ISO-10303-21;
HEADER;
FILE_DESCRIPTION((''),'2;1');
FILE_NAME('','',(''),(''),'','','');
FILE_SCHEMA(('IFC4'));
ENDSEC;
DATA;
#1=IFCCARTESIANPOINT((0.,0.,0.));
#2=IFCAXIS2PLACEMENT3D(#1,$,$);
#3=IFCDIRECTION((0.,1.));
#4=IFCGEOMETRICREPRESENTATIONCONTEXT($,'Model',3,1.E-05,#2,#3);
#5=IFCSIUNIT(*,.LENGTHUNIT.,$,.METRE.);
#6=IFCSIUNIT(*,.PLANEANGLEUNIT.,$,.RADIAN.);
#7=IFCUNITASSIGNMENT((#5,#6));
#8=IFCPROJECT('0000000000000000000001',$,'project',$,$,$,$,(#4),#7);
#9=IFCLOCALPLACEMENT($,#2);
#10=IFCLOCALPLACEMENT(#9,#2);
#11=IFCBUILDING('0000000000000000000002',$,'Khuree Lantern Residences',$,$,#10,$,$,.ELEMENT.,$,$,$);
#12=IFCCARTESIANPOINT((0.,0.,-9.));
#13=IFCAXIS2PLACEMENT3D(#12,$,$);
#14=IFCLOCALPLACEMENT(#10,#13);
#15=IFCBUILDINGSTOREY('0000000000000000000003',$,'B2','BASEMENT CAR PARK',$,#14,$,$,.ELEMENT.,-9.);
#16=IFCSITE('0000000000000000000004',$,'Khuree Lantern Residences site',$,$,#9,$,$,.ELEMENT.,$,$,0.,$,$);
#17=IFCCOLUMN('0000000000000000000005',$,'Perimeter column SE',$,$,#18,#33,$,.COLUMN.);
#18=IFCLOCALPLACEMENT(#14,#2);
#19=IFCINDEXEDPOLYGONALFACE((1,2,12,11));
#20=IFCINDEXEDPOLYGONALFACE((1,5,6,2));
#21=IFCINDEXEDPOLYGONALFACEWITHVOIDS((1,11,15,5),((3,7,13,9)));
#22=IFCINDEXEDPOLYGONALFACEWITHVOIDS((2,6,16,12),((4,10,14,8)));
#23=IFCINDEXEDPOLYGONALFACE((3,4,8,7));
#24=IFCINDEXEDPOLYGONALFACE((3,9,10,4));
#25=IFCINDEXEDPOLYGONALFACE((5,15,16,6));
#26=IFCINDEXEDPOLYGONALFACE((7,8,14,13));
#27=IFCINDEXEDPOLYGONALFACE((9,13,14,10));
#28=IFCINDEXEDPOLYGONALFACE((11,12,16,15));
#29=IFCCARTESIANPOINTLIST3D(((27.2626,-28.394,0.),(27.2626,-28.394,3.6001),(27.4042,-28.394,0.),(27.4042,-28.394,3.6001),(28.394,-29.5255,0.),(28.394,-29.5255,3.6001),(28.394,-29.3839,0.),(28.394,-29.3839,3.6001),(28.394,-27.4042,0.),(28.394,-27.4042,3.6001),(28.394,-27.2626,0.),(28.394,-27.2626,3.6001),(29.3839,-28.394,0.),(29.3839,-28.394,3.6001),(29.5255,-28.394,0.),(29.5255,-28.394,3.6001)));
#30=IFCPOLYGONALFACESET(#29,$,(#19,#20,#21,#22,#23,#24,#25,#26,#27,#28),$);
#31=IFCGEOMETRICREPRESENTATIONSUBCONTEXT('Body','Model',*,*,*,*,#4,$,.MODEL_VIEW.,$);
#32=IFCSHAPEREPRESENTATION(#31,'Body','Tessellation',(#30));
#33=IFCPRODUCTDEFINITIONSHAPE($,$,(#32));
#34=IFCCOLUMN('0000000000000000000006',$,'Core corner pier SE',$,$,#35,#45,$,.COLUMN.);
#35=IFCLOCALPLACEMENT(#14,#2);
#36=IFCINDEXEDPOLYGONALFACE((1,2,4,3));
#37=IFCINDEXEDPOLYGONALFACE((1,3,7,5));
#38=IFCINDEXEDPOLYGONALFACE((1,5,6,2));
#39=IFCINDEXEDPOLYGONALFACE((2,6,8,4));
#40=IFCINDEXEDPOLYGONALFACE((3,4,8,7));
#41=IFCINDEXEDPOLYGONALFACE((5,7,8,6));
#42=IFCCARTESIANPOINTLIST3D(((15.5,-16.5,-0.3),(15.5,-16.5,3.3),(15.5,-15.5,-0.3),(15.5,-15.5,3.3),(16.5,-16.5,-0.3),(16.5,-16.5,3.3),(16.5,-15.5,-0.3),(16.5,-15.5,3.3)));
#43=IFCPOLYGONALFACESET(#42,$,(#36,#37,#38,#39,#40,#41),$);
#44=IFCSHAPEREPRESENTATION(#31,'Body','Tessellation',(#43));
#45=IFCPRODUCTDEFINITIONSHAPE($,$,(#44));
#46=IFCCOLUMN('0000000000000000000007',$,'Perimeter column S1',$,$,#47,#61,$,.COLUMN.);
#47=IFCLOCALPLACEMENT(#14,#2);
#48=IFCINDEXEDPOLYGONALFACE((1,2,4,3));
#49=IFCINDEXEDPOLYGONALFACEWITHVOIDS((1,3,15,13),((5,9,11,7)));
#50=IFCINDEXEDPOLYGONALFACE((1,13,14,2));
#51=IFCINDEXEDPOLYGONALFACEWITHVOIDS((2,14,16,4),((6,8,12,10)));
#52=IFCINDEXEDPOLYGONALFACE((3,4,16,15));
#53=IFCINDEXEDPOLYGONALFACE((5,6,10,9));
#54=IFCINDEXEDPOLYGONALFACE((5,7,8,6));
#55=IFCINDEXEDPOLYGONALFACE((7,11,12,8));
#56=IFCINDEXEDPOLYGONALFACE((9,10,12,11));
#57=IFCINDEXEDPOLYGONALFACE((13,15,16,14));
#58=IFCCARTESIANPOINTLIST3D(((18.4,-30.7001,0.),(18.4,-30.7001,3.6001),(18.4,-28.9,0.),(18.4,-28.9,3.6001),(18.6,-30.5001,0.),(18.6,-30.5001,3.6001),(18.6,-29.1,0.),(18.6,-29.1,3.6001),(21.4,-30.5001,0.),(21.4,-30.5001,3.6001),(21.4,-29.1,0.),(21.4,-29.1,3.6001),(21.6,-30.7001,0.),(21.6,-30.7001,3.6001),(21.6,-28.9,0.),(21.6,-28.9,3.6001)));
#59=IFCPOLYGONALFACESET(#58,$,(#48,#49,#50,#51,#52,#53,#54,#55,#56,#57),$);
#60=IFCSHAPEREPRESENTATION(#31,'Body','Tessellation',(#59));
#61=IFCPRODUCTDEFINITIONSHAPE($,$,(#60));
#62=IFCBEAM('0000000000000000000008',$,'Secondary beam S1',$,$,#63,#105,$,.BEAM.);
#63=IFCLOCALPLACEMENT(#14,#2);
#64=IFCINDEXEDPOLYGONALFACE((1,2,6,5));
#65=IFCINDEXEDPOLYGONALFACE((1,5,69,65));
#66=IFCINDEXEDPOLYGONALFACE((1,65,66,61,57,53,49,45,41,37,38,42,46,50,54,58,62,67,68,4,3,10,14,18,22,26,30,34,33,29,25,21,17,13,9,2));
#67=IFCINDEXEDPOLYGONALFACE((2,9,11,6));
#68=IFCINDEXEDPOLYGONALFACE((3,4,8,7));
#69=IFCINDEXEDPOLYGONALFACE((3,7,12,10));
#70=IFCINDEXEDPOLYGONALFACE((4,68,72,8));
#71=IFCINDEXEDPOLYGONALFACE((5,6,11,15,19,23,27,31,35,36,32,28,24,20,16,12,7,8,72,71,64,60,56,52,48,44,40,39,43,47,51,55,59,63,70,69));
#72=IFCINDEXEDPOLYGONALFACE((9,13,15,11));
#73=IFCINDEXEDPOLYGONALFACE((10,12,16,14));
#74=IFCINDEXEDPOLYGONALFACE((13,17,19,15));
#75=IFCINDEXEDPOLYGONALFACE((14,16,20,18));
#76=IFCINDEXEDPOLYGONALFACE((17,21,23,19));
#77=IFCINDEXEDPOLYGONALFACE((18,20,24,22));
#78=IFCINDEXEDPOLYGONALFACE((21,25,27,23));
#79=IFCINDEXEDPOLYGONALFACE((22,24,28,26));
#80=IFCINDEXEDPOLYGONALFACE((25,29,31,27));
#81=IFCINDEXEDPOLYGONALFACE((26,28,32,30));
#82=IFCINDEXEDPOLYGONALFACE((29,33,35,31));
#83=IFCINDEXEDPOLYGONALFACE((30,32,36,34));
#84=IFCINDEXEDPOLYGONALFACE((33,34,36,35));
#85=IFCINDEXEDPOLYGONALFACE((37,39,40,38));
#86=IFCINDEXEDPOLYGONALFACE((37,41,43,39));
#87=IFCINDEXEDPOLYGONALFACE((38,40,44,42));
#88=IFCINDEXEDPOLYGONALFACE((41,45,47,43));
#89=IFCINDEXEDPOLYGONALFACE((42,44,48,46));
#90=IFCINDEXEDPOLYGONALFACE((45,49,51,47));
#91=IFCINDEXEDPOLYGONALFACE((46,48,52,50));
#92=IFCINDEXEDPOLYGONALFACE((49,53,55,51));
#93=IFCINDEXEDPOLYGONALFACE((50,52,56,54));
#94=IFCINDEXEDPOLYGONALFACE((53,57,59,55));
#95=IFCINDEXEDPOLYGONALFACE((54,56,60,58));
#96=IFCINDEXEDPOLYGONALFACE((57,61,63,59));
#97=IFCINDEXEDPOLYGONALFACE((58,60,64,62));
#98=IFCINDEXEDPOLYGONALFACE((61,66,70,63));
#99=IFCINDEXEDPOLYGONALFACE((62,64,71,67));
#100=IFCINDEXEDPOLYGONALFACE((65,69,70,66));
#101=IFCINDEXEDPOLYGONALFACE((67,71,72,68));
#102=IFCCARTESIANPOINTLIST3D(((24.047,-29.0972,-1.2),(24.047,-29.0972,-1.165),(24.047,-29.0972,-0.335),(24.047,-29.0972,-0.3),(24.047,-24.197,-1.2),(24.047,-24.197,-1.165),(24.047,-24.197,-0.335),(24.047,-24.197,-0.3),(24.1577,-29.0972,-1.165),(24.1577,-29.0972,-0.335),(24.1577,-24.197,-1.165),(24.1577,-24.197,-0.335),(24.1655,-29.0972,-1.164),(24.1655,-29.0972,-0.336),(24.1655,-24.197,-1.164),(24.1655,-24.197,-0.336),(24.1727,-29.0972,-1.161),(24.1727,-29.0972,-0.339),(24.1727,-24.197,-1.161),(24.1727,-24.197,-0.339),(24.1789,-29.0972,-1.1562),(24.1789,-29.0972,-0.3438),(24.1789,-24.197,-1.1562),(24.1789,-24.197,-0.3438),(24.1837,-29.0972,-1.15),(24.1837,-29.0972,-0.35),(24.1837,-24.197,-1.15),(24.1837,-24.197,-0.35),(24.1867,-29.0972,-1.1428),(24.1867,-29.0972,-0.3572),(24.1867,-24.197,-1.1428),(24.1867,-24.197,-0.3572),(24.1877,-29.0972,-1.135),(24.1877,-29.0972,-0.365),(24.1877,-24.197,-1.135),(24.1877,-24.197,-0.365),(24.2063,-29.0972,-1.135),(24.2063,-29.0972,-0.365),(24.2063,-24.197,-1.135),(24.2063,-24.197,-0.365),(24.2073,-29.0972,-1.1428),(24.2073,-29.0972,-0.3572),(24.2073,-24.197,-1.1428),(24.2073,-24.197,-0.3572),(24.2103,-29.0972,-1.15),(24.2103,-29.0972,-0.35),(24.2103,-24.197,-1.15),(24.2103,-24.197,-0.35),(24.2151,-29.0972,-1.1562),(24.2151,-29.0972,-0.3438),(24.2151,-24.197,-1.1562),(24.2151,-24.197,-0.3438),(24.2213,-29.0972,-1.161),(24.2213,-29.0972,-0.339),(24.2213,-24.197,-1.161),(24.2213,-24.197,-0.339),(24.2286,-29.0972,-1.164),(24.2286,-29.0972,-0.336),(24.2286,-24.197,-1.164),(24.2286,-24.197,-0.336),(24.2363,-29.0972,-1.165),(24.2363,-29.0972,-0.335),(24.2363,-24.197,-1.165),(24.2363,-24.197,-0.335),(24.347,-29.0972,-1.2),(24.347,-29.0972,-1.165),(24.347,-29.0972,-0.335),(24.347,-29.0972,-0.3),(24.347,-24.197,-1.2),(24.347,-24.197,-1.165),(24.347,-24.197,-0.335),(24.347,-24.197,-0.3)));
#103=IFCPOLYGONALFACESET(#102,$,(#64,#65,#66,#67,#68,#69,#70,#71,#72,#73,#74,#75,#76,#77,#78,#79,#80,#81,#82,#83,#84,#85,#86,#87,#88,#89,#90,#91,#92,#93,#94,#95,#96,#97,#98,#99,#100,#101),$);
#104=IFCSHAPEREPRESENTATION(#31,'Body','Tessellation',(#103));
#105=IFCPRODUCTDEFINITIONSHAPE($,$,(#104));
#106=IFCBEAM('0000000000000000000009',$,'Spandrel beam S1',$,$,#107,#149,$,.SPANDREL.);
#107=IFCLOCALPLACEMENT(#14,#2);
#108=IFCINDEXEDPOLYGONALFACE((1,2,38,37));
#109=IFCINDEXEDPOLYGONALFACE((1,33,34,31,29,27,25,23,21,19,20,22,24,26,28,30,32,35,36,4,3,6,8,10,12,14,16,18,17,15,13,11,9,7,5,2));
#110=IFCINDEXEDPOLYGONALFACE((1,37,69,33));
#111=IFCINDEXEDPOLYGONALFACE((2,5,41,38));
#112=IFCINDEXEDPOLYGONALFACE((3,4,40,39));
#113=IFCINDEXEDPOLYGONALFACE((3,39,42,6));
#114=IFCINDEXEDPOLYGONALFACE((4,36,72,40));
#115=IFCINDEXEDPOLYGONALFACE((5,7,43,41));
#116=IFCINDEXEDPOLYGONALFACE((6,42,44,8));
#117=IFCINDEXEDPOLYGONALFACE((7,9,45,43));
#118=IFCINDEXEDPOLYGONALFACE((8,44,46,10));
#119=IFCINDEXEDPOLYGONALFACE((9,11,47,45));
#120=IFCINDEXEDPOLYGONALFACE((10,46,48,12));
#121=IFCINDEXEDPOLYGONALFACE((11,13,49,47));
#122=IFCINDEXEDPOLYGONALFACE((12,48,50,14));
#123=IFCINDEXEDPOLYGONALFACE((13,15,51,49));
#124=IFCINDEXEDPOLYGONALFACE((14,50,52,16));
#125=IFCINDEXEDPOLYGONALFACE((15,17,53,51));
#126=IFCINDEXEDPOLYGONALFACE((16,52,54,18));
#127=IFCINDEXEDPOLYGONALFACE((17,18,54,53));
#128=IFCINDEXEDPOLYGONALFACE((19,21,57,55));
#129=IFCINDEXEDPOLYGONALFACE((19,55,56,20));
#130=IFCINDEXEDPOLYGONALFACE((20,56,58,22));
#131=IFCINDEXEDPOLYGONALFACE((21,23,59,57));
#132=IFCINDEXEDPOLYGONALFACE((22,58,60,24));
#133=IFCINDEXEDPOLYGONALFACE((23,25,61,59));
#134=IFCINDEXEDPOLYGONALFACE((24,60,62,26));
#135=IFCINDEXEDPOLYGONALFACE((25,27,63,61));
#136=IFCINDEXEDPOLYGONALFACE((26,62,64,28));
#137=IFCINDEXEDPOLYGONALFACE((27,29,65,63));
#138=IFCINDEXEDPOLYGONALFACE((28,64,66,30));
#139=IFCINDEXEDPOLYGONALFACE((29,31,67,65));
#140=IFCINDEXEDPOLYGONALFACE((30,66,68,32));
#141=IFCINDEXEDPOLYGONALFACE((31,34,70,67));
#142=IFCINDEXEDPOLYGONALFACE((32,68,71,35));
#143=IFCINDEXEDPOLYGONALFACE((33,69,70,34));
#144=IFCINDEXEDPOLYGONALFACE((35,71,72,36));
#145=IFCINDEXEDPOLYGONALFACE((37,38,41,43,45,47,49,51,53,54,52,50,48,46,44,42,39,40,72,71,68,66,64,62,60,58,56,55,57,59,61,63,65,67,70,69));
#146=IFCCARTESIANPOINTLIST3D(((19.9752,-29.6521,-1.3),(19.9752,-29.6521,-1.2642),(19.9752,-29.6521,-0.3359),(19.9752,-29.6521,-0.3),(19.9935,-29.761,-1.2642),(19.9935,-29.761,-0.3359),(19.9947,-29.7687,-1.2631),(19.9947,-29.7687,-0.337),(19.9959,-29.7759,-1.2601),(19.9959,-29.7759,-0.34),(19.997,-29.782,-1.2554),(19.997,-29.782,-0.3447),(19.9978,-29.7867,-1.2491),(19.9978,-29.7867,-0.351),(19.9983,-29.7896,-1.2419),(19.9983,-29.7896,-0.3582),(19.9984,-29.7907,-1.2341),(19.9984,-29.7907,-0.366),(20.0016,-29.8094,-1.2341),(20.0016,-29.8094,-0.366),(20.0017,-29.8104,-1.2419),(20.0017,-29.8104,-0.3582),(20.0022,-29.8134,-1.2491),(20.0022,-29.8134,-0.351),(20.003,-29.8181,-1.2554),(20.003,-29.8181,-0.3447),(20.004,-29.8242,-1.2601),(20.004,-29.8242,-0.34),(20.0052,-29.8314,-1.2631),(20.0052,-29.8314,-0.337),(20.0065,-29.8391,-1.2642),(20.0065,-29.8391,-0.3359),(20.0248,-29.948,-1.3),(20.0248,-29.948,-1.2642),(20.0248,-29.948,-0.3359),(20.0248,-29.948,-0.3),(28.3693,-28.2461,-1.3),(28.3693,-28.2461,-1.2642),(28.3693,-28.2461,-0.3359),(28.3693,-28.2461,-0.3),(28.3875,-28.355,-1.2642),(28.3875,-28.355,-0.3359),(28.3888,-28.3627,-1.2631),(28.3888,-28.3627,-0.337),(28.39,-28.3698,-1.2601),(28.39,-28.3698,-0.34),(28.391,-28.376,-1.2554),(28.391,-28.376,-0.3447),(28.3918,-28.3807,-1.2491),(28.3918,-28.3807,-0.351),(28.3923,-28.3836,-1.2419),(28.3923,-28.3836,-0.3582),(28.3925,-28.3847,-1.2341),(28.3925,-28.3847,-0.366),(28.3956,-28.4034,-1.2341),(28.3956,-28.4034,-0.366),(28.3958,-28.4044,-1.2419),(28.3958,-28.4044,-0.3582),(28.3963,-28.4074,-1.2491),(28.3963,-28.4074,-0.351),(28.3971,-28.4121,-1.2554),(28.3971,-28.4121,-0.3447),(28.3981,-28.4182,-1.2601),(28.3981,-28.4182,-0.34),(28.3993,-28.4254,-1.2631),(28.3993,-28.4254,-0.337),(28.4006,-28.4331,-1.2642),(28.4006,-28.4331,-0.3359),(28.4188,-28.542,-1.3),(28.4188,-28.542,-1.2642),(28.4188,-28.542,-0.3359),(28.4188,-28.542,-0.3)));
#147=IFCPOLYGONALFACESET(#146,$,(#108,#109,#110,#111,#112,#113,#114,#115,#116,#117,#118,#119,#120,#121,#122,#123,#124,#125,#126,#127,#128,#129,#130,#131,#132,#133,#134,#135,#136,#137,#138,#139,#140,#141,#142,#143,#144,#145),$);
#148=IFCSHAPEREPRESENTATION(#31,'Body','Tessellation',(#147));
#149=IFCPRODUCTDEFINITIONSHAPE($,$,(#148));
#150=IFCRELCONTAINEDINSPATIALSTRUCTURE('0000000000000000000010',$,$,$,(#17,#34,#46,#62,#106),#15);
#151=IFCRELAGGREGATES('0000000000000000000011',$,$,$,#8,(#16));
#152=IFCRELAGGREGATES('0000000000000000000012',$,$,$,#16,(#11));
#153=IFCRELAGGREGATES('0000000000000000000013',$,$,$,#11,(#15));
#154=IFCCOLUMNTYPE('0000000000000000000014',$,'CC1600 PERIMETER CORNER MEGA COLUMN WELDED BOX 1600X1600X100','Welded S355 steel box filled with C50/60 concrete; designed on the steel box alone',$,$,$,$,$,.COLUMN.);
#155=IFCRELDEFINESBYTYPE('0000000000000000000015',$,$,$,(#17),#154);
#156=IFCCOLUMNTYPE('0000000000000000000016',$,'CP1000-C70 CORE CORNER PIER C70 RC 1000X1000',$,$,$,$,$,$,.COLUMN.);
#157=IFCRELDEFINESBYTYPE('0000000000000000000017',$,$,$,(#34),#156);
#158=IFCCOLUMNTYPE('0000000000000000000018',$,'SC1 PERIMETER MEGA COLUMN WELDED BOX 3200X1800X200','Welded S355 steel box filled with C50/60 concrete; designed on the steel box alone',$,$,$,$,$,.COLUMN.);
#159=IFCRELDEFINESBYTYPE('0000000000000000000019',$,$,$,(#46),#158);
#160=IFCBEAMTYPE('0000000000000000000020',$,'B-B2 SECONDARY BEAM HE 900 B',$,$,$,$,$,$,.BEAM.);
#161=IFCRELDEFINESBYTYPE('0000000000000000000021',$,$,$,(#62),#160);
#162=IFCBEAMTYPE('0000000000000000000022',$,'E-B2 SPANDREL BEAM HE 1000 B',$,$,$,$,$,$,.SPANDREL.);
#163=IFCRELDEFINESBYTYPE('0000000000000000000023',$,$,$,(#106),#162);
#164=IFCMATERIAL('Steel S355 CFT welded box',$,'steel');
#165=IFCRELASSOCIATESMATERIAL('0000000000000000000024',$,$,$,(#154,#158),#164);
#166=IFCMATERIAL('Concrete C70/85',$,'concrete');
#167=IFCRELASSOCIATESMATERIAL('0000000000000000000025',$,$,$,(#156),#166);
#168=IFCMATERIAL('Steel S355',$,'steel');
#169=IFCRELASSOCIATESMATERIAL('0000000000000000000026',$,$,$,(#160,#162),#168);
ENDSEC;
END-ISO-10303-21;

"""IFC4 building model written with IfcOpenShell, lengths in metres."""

from ifc_helpers import new_model, si_unit, direction, frame, origin, origin_2d, place, context, subcontext, project, spatial, rectangle, hollow_rectangle, i_section, extrude, material, material_profile, profile_set, type_object, element, save


model = new_model("IFC4")

# Units and contexts
model_context = context("Model", 3, precision=1e-05, world=origin(), true_north=direction((0.0, 1.0)))
body_context = subcontext(model_context, "Body", "Model", "MODEL_VIEW")
ifc_project = project(units=[si_unit("LENGTHUNIT", "METRE"), si_unit("PLANEANGLEUNIT", "RADIAN")], contexts=[model_context])

# Site, building, storey
site_placement = place(None, origin())
site = spatial("IfcSite", under=ifc_project, at=site_placement, Name="Khuree Lantern Residences site", CompositionType="ELEMENT", RefElevation=0.0)
building_placement = place(site_placement, origin())
building = spatial("IfcBuilding", under=site, at=building_placement, Name="Khuree Lantern Residences", CompositionType="ELEMENT")
storey_placement = place(building_placement, frame((0.0, 0.0, -9.0)))
storey = spatial("IfcBuildingStorey", under=building, at=storey_placement, Name="B2", Description="BASEMENT CAR PARK", CompositionType="ELEMENT", Elevation=-9.0)

# Columns
ifc_material_1 = material(Name="Steel S355 CFT welded box", Category="steel")
ifc_material_profile_1 = material_profile(ifc_material_1, hollow_rectangle(XDim=1.6001, YDim=1.6001, WallThickness=0.1001, at=origin_2d()), Name="WELDED BOX 1600X1600X100")
ifc_profile_set_1 = profile_set([ifc_material_profile_1], Name="Steel S355 CFT welded box")
column_type_1 = type_object("IfcColumnType", Name="CC1600 PERIMETER CORNER MEGA COLUMN WELDED BOX 1600X1600X100", Description="Welded S355 steel box filled with C50/60 concrete; designed on the steel box alone", PredefinedType="COLUMN", material=ifc_profile_set_1)
column_1_placement = place(storey_placement, frame((28.394, -28.394, 0.0), z_axis=(0.0, 0.0, 1.0), x_axis=(0.707107, 0.707107, 0.0)))
element("IfcColumn", 1, at=column_1_placement, inside=storey, type_object=column_type_1, Name="Perimeter column SE", PredefinedType="COLUMN", context=body_context, shape_type="SweptSolid", body=[
    extrude(hollow_rectangle(XDim=1.6001, YDim=1.6001, WallThickness=0.1001, at=origin_2d()), origin(), (0.0, 0.0, 1.0), 3.6001),
])
ifc_material_2 = material(Name="Concrete C70/85", Category="concrete")
ifc_material_profile_2 = material_profile(ifc_material_2, rectangle(XDim=1.0, YDim=1.0, at=origin_2d()), Name="RC 1000X1000")
ifc_profile_set_2 = profile_set([ifc_material_profile_2], Name="Concrete C70/85")
column_type_2 = type_object("IfcColumnType", Name="CP1000-C70 CORE CORNER PIER C70 RC 1000X1000", PredefinedType="COLUMN", material=ifc_profile_set_2)
column_2_placement = place(storey_placement, frame((16.0, -16.0, -0.3), z_axis=(0.0, 0.0, 1.0), x_axis=(1.0, 0.0, 0.0)))
element("IfcColumn", 2, at=column_2_placement, inside=storey, type_object=column_type_2, Name="Core corner pier SE", PredefinedType="COLUMN", context=body_context, shape_type="SweptSolid", body=[
    extrude(rectangle(XDim=1.0, YDim=1.0, at=origin_2d()), origin(), (0.0, 0.0, 1.0), 3.6001),
])
ifc_material_profile_3 = material_profile(ifc_material_1, hollow_rectangle(XDim=3.2, YDim=1.8, WallThickness=0.2, at=origin_2d()), Name="WELDED BOX 3200X1800X200")
ifc_profile_set_3 = profile_set([ifc_material_profile_3], Name="Steel S355 CFT welded box")
column_type_3 = type_object("IfcColumnType", Name="SC1 PERIMETER MEGA COLUMN WELDED BOX 3200X1800X200", Description="Welded S355 steel box filled with C50/60 concrete; designed on the steel box alone", PredefinedType="COLUMN", material=ifc_profile_set_3)
column_3_placement = place(storey_placement, frame((20.0, -29.8, 0.0), z_axis=(0.0, 0.0, 1.0), x_axis=(1.0, 0.0, 0.0)))
element("IfcColumn", 3, at=column_3_placement, inside=storey, type_object=column_type_3, Name="Perimeter column S1", PredefinedType="COLUMN", context=body_context, shape_type="SweptSolid", body=[
    extrude(hollow_rectangle(XDim=3.2, YDim=1.8, WallThickness=0.2, at=origin_2d()), origin(), (0.0, 0.0, 1.0), 3.6001),
])

# Beams
ifc_material_3 = material(Name="Steel S355", Category="steel")
ifc_material_profile_4 = material_profile(ifc_material_3, i_section(OverallWidth=0.3, OverallDepth=0.8999, WebThickness=0.0186, FlangeThickness=0.0349, FilletRadius=0.03, at=origin_2d()), Name="HE 900 B")
ifc_profile_set_4 = profile_set([ifc_material_profile_4], Name="Steel S355")
beam_type_1 = type_object("IfcBeamType", Name="B-B2 SECONDARY BEAM HE 900 B", PredefinedType="BEAM", material=ifc_profile_set_4)
beam_1_placement = place(storey_placement, frame((24.197, -29.0972, -0.75), z_axis=(0.0, 1.0, 0.0), x_axis=(-1.0, 0.0, 0.0)))
element("IfcBeam", 4, at=beam_1_placement, inside=storey, type_object=beam_type_1, Name="Secondary beam S1", PredefinedType="BEAM", context=body_context, shape_type="SweptSolid", body=[
    extrude(i_section(OverallWidth=0.3, OverallDepth=0.8999, WebThickness=0.0186, FlangeThickness=0.0349, FilletRadius=0.03, at=origin_2d()), origin(), (0.0, 0.0, 1.0), 4.9001),
])
ifc_material_profile_5 = material_profile(ifc_material_3, i_section(OverallWidth=0.3, OverallDepth=1.0, WebThickness=0.019, FlangeThickness=0.0359, FilletRadius=0.03, at=origin_2d()), Name="HE 1000 B")
ifc_profile_set_5 = profile_set([ifc_material_profile_5], Name="Steel S355")
beam_type_2 = type_object("IfcBeamType", Name="E-B2 SPANDREL BEAM HE 1000 B", PredefinedType="SPANDREL", material=ifc_profile_set_5)
beam_2_placement = place(storey_placement, frame((28.394, -28.394, -0.8), z_axis=(-0.98626, -0.165199, 0.0), x_axis=(0.165199, -0.98626, 0.0)))
element("IfcBeam", 5, at=beam_2_placement, inside=storey, type_object=beam_type_2, Name="Spandrel beam S1", PredefinedType="SPANDREL", context=body_context, shape_type="SweptSolid", body=[
    extrude(i_section(OverallWidth=0.3, OverallDepth=1.0, WebThickness=0.019, FlangeThickness=0.0359, FilletRadius=0.03, at=origin_2d()), origin(), (0.0, 0.0, 1.0), 8.511),
])

save(model, "model.ifc")
